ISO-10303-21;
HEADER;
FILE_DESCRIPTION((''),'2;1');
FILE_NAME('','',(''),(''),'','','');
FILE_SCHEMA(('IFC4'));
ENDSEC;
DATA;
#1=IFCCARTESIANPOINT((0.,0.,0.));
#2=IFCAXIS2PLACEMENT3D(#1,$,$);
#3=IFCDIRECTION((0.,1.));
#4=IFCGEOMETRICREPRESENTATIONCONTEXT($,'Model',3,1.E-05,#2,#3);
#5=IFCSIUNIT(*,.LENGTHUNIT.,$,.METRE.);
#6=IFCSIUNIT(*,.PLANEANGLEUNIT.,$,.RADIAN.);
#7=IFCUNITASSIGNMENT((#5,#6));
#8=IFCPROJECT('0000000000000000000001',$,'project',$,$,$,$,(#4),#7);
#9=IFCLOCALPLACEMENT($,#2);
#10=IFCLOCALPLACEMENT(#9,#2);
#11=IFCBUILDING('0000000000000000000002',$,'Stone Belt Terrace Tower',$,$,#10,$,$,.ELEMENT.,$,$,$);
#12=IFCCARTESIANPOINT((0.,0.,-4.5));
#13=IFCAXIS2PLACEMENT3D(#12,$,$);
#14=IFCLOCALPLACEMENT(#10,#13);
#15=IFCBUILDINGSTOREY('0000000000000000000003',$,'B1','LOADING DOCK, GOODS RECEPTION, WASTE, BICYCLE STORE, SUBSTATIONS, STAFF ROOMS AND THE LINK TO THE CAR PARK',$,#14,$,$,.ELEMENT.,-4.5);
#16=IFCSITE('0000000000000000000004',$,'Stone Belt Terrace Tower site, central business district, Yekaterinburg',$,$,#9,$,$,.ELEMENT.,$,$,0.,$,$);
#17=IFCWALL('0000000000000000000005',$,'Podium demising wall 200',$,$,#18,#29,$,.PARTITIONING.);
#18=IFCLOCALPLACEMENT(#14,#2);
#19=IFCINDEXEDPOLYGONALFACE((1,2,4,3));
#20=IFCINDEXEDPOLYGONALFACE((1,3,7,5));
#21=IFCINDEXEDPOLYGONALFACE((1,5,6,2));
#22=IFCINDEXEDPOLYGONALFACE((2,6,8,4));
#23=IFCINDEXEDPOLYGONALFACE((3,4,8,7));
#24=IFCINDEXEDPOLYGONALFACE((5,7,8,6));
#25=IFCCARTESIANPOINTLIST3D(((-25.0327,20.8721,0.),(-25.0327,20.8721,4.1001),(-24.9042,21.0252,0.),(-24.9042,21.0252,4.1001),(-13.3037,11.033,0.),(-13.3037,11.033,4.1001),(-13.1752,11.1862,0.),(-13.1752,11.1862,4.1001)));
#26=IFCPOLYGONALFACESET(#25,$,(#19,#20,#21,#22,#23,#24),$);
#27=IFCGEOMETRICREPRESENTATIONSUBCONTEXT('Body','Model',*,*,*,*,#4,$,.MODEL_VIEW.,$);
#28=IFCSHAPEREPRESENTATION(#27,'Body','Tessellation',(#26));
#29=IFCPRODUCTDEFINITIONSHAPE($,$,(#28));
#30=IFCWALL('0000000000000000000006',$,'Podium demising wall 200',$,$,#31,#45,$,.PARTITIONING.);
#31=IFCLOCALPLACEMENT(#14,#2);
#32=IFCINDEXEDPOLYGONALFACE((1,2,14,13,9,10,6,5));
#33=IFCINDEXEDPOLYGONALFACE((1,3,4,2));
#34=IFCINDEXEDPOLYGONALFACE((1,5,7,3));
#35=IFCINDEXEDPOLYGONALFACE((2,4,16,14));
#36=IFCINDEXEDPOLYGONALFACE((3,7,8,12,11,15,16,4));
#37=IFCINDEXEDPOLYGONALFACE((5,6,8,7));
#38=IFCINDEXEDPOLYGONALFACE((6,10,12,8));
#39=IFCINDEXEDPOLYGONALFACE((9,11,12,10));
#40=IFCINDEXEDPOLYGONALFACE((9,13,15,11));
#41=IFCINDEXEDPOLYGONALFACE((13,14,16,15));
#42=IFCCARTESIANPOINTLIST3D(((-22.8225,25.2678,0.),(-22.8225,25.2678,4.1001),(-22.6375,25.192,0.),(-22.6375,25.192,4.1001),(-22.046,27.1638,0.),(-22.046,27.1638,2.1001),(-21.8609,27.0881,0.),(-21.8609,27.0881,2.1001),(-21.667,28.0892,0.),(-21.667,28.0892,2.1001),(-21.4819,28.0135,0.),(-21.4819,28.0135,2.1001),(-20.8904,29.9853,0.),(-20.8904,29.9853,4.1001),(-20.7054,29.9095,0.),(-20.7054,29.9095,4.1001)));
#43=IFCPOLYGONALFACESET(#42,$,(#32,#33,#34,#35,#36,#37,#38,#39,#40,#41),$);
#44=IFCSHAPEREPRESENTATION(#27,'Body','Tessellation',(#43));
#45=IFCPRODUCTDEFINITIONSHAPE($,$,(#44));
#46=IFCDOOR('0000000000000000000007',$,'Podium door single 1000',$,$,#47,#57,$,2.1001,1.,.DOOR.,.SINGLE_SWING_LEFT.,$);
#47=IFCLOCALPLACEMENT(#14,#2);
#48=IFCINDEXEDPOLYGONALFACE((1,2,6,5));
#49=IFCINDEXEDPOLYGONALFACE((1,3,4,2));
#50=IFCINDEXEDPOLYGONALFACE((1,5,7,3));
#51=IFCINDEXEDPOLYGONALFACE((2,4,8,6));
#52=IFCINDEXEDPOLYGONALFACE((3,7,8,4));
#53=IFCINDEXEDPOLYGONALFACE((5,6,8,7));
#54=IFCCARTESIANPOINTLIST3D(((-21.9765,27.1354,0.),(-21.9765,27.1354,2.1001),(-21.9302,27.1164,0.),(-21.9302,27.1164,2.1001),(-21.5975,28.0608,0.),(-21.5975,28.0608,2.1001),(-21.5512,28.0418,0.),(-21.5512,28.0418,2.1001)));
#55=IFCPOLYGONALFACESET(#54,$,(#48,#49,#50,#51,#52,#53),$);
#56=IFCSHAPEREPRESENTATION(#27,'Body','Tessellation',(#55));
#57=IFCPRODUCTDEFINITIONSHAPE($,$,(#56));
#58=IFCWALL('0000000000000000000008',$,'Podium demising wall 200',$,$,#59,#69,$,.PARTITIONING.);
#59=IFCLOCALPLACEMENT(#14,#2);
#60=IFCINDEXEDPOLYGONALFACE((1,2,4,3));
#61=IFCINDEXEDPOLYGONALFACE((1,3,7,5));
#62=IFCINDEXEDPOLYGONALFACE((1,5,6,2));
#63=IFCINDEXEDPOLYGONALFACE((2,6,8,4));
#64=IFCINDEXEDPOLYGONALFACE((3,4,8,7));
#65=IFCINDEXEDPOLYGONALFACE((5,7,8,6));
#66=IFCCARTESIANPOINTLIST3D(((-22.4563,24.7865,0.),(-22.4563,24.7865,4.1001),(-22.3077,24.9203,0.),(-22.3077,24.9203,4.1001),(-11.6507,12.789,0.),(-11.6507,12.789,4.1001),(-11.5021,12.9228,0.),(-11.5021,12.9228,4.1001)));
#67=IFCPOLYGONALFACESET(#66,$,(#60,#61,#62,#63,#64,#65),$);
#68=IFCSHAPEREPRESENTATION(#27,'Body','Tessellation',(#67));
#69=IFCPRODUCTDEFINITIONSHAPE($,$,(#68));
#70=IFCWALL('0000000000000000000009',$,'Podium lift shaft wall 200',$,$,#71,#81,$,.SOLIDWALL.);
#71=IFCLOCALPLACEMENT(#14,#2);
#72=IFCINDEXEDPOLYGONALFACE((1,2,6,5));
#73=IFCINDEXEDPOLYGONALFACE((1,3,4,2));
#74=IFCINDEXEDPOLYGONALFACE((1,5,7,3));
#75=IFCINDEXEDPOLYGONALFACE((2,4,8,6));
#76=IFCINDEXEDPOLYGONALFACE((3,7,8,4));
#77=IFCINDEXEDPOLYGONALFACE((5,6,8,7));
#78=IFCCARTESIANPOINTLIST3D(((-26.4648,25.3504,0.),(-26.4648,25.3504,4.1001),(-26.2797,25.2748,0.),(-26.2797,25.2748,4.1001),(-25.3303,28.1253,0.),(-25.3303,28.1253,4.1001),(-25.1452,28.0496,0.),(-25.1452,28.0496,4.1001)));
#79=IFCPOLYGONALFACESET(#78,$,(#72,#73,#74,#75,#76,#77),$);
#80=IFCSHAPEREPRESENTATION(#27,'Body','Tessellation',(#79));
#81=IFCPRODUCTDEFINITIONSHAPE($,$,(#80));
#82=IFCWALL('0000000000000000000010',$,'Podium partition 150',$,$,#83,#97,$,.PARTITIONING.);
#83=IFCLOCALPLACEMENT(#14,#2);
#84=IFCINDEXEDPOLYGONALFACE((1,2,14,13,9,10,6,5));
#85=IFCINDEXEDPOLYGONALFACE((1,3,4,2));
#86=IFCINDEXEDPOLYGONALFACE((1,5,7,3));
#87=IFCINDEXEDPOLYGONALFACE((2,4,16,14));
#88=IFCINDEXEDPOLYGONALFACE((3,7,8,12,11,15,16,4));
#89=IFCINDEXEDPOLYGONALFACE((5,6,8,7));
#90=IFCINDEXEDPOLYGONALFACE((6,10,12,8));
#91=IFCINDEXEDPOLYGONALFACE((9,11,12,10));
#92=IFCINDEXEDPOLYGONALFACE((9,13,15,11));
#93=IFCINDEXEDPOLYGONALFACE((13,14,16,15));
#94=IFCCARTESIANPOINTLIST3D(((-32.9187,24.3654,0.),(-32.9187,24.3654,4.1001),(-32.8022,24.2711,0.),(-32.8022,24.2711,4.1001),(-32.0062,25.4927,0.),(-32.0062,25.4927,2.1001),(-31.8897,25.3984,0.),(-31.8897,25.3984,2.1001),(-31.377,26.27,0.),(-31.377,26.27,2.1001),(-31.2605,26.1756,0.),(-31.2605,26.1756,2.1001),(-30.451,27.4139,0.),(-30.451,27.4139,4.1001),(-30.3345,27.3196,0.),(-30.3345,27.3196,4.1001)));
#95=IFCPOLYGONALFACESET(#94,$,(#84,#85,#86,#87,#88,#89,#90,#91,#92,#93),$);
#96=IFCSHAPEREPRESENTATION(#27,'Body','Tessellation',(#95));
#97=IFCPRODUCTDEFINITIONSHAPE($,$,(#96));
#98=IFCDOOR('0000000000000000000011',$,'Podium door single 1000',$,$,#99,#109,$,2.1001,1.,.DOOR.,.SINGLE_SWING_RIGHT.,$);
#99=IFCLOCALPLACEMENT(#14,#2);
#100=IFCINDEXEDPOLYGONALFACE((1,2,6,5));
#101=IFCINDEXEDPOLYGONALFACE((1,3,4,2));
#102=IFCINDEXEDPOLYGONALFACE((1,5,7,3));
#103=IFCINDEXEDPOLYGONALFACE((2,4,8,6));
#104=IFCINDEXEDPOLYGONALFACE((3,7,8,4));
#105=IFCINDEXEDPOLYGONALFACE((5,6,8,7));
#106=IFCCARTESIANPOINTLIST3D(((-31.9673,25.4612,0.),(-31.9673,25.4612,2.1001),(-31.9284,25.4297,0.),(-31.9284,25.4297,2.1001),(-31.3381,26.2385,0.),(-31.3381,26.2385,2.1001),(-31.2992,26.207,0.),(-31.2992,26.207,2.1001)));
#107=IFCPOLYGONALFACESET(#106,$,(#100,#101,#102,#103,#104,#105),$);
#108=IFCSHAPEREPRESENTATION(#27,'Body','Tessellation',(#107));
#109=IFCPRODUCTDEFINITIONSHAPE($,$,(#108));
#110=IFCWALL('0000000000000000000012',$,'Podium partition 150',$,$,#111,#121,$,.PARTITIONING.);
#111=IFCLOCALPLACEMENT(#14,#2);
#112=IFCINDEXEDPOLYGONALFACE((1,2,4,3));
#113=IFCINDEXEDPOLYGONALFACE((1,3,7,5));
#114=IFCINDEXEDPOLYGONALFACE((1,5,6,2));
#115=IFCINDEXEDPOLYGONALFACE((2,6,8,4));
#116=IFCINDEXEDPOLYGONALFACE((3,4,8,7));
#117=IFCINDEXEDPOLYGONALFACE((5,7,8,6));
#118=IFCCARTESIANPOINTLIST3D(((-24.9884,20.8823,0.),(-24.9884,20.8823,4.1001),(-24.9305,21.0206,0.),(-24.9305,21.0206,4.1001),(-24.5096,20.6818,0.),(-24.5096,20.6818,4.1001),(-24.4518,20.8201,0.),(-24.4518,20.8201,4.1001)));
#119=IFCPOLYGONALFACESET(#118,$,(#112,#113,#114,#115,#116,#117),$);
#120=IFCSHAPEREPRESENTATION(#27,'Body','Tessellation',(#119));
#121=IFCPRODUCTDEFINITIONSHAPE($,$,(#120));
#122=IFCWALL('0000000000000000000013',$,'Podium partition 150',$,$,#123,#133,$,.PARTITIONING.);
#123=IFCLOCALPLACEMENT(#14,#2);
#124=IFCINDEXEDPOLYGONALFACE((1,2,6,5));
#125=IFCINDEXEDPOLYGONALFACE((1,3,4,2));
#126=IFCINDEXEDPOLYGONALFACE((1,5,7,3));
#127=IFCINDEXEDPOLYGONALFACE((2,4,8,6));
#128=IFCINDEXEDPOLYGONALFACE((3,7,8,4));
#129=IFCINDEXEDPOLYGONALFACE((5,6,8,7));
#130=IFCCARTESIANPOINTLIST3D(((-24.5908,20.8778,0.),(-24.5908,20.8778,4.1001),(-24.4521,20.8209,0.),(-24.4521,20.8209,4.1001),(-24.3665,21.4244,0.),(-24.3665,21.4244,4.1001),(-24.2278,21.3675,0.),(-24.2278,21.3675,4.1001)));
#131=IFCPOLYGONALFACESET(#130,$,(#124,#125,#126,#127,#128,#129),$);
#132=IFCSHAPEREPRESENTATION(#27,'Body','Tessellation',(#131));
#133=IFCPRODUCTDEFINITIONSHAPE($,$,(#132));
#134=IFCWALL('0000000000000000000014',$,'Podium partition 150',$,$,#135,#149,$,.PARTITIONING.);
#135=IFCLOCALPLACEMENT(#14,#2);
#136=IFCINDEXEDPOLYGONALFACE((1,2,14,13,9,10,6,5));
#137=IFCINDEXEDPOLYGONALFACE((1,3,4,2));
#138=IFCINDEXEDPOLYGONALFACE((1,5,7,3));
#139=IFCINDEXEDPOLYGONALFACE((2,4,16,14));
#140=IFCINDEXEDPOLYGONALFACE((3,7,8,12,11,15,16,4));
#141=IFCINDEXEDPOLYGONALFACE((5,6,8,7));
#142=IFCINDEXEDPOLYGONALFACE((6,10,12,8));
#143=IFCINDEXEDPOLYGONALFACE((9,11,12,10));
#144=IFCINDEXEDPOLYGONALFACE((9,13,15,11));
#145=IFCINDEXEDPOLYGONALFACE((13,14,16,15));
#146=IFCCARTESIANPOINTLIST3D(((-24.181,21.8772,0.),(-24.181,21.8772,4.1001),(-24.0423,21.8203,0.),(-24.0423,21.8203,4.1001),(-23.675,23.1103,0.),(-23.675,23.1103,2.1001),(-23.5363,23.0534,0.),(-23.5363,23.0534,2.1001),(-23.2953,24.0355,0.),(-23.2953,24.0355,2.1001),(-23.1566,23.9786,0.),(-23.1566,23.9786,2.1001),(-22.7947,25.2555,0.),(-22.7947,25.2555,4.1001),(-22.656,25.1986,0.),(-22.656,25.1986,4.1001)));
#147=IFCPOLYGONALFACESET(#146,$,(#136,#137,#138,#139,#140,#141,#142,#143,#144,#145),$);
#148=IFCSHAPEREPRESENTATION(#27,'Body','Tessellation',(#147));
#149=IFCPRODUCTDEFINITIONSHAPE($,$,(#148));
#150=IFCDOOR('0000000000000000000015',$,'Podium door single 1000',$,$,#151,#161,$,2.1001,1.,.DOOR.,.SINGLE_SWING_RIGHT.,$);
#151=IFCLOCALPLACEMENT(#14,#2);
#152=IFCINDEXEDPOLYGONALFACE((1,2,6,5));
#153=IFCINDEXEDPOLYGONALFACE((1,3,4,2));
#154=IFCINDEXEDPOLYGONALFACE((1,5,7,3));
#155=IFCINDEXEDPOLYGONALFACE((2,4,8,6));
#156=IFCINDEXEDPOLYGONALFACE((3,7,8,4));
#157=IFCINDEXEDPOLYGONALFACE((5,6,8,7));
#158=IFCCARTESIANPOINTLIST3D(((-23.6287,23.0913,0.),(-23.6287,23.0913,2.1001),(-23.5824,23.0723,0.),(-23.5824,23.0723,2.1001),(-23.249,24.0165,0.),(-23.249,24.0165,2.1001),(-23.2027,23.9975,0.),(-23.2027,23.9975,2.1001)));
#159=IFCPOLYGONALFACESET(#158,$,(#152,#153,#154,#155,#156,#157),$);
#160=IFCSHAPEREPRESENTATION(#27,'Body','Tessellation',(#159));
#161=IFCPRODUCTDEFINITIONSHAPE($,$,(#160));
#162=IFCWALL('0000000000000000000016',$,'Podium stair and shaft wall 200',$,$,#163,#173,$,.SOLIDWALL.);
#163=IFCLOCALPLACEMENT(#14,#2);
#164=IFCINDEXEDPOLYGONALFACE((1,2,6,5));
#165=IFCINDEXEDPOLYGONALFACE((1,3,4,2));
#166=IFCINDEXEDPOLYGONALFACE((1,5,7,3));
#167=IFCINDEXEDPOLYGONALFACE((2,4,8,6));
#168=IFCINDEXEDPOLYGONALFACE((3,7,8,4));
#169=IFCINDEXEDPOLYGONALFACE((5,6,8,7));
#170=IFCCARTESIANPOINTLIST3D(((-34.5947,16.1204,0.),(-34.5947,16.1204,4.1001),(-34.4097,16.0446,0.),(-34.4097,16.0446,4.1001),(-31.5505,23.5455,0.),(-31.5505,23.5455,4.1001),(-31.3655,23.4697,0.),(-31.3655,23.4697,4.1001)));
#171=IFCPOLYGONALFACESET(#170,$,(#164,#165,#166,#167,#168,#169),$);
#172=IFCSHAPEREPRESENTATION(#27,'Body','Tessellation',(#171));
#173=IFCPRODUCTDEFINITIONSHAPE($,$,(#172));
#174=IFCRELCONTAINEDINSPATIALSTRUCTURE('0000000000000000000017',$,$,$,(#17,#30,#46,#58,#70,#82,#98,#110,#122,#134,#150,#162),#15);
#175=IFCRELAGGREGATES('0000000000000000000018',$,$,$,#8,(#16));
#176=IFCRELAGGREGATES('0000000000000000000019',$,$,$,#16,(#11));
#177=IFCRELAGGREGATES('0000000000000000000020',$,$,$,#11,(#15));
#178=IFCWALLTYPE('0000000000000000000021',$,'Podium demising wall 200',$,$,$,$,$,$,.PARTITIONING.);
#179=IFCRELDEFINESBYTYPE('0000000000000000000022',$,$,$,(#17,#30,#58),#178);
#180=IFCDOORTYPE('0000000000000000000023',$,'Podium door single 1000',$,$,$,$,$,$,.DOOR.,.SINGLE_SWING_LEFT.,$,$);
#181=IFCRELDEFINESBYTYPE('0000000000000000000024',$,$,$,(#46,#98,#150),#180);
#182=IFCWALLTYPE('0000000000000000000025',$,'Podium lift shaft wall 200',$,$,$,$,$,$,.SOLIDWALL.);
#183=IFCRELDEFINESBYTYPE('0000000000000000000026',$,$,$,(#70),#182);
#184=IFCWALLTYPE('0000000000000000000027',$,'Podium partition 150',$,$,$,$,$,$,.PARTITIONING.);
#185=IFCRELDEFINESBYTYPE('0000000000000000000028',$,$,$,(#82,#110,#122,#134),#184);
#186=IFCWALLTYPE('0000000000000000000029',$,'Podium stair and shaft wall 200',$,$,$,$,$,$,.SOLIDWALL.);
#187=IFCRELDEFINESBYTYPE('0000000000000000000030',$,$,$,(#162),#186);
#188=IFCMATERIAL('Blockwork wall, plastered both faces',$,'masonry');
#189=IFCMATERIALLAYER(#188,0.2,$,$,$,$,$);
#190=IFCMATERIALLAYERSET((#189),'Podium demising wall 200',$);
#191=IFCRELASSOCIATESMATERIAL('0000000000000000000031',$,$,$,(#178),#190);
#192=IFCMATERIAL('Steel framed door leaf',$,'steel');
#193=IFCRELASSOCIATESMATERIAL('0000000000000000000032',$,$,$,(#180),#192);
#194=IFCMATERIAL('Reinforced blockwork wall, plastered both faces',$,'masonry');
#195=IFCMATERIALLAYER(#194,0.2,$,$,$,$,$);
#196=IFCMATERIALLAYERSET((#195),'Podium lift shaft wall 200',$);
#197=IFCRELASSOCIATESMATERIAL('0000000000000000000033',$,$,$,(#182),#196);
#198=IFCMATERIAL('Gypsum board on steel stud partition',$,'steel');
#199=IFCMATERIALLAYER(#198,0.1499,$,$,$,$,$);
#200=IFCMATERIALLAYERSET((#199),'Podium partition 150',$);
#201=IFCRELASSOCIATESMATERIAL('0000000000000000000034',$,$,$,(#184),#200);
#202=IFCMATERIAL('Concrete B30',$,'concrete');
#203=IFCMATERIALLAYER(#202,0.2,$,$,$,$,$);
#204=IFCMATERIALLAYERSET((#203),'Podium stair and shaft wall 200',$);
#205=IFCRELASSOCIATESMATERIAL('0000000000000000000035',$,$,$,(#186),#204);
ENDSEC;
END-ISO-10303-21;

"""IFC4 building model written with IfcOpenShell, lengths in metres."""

from ifc_helpers import new_model, si_unit, direction, frame, frame_2d, origin, place, context, subcontext, project, spatial, rectangle, extrude, material, layer, layer_set, type_object, element, fill, save


model = new_model("IFC4")

# Units and contexts
model_context = context("Model", 3, precision=1e-05, world=origin(), true_north=direction((0.0, 1.0)))
body_context = subcontext(model_context, "Body", "Model", "MODEL_VIEW")
ifc_project = project(units=[si_unit("LENGTHUNIT", "METRE"), si_unit("PLANEANGLEUNIT", "RADIAN")], contexts=[model_context])

# Site, building, storey
site_placement = place(None, origin())
site = spatial("IfcSite", under=ifc_project, at=site_placement, Name="Stone Belt Terrace Tower site, central business district, Yekaterinburg", CompositionType="ELEMENT", RefElevation=0.0)
building_placement = place(site_placement, origin())
building = spatial("IfcBuilding", under=site, at=building_placement, Name="Stone Belt Terrace Tower", CompositionType="ELEMENT")
storey_placement = place(building_placement, frame((0.0, 0.0, -4.5)))
storey = spatial("IfcBuildingStorey", under=building, at=storey_placement, Name="B1", Description="LOADING DOCK, GOODS RECEPTION, WASTE, BICYCLE STORE, SUBSTATIONS, STAFF ROOMS AND THE LINK TO THE CAR PARK", CompositionType="ELEMENT", Elevation=-4.5)

# Shared definitions
ifc_material_1 = material(Name="Concrete B30", Category="concrete")

# Shared definitions
ifc_material_2 = material(Name="Blockwork wall, plastered both faces", Category="masonry")
ifc_layer_1 = layer(ifc_material_2, 0.2)
ifc_layer_set_1 = layer_set([ifc_layer_1], Name="Podium demising wall 200")
wall_type_1 = type_object("IfcWallType", Name="Podium demising wall 200", PredefinedType="PARTITIONING", material=ifc_layer_set_1)
ifc_material_3 = material(Name="Steel framed door leaf", Category="steel")
door_type_1 = type_object("IfcDoorType", Name="Podium door single 1000", OperationType="SINGLE_SWING_LEFT", PredefinedType="DOOR", material=ifc_material_3)

# Wall
wall_1_placement = place(storey_placement, frame((-24.9685, 20.9487, 0.0), z_axis=(0.0, 0.0, 1.0), x_axis=(0.766131, -0.642684, 0.0)))
element("IfcWall", 1, at=wall_1_placement, inside=storey, type_object=wall_type_1, Name="Podium demising wall 200", PredefinedType="PARTITIONING", context=body_context, shape_type="SweptSolid", body=[
    extrude(rectangle(XDim=15.3093, YDim=0.2, at=frame_2d((7.6548, 0.0))), origin(), (0.0, 0.0, 1.0), 4.1001),
])

# Wall, opening, door
wall_2_placement = place(storey_placement, frame((-22.73, 25.23, 0.0), z_axis=(0.0, 0.0, 1.0), x_axis=(0.379008, 0.925394, 0.0)))
wall_2 = element("IfcWall", 2, at=wall_2_placement, inside=storey, type_object=wall_type_1, Name="Podium demising wall 200", PredefinedType="PARTITIONING", context=body_context, shape_type="SweptSolid", body=[
    extrude(rectangle(XDim=5.0979, YDim=0.2, at=frame_2d((2.5488, 0.0))), origin(), (0.0, 0.0, 1.0), 4.1001),
])
opening_1_placement = place(wall_2_placement, frame((2.0488, 0.0, 0.0)))
opening_1 = element("IfcOpeningElement", 3, at=opening_1_placement, cuts=wall_2, PredefinedType="OPENING", context=body_context, shape_type="SweptSolid", body=[
    extrude(rectangle(XDim=1.0, YDim=2.1001, at=frame_2d((0.5, 1.05))), frame((0.0, 0.1099, 0.0), z_axis=(0.0, -1.0, 0.0), x_axis=(1.0, 0.0, 0.0)), (0.0, 0.0, 1.0), 0.22),
])
door_1_placement = place(opening_1_placement, origin())
door_1 = element("IfcDoor", 4, at=door_1_placement, inside=storey, type_object=door_type_1, Name="Podium door single 1000", OperationType="SINGLE_SWING_LEFT", OverallHeight=2.1001, OverallWidth=1.0, PredefinedType="DOOR", context=body_context, shape_type="SweptSolid", body=[
    extrude(rectangle(XDim=1.0, YDim=2.1001, at=frame_2d((0.5, 1.05))), frame((0.0, 0.0249, 0.0), z_axis=(0.0, -1.0, 0.0), x_axis=(1.0, 0.0, 0.0)), (0.0, 0.0, 1.0), 0.05),
])
fill(opening_1, door_1)

# Walls
wall_3_placement = place(storey_placement, frame((-22.3821, 24.8535, 0.0), z_axis=(0.0, 0.0, 1.0), x_axis=(0.669234, -0.743052, 0.0)))
element("IfcWall", 5, at=wall_3_placement, inside=storey, type_object=wall_type_1, Name="Podium demising wall 200", PredefinedType="PARTITIONING", context=body_context, shape_type="SweptSolid", body=[
    extrude(rectangle(XDim=16.1462, YDim=0.2, at=frame_2d((8.0732, 0.0))), origin(), (0.0, 0.0, 1.0), 4.1001),
])
ifc_material_4 = material(Name="Reinforced blockwork wall, plastered both faces", Category="masonry")
ifc_layer_2 = layer(ifc_material_4, 0.2)
ifc_layer_set_2 = layer_set([ifc_layer_2], Name="Podium lift shaft wall 200")
wall_type_2 = type_object("IfcWallType", Name="Podium lift shaft wall 200", PredefinedType="SOLIDWALL", material=ifc_layer_set_2)
wall_4_placement = place(storey_placement, frame((-26.3723, 25.3125, 0.0), z_axis=(0.0, 0.0, 1.0), x_axis=(0.378443, 0.925625, 0.0)))
element("IfcWall", 6, at=wall_4_placement, inside=storey, type_object=wall_type_2, Name="Podium lift shaft wall 200", PredefinedType="SOLIDWALL", context=body_context, shape_type="SweptSolid", body=[
    extrude(rectangle(XDim=2.9978, YDim=0.2, at=frame_2d((1.499, 0.0))), origin(), (0.0, 0.0, 1.0), 4.1001),
])

# Wall, opening, door
ifc_material_5 = material(Name="Gypsum board on steel stud partition", Category="steel")
ifc_layer_3 = layer(ifc_material_5, 0.1499)
ifc_layer_set_3 = layer_set([ifc_layer_3], Name="Podium partition 150")
wall_type_3 = type_object("IfcWallType", Name="Podium partition 150", PredefinedType="PARTITIONING", material=ifc_layer_set_3)
wall_5_placement = place(storey_placement, frame((-32.8604, 24.3184, 0.0), z_axis=(0.0, 0.0, 1.0), x_axis=(0.629179, 0.777261, 0.0)))
wall_5 = element("IfcWall", 7, at=wall_5_placement, inside=storey, type_object=wall_type_3, Name="Podium partition 150", PredefinedType="PARTITIONING", context=body_context, shape_type="SweptSolid", body=[
    extrude(rectangle(XDim=3.9221, YDim=0.1499, at=frame_2d((1.9609, 0.0))), origin(), (0.0, 0.0, 1.0), 4.1001),
])
opening_2_placement = place(wall_5_placement, frame((1.4502, 0.0, 0.0)))
opening_2 = element("IfcOpeningElement", 8, at=opening_2_placement, cuts=wall_5, PredefinedType="OPENING", context=body_context, shape_type="SweptSolid", body=[
    extrude(rectangle(XDim=1.0, YDim=2.1001, at=frame_2d((0.5, 1.05))), frame((0.0, 0.085, 0.0), z_axis=(0.0, -1.0, 0.0), x_axis=(1.0, 0.0, 0.0)), (0.0, 0.0, 1.0), 0.1699),
])
door_2_placement = place(opening_2_placement, origin())
door_2 = element("IfcDoor", 9, at=door_2_placement, inside=storey, type_object=door_type_1, Name="Podium door single 1000", OperationType="SINGLE_SWING_RIGHT", OverallHeight=2.1001, OverallWidth=1.0, PredefinedType="DOOR", context=body_context, shape_type="SweptSolid", body=[
    extrude(rectangle(XDim=1.0, YDim=2.1001, at=frame_2d((0.5, 1.05))), frame((0.0, 0.0249, 0.0), z_axis=(0.0, -1.0, 0.0), x_axis=(1.0, 0.0, 0.0)), (0.0, 0.0, 1.0), 0.05),
])
fill(opening_2, door_2)

# Walls
wall_6_placement = place(storey_placement, frame((-24.9595, 20.9514, 0.0), z_axis=(0.0, 0.0, 1.0), x_axis=(0.922422, -0.386185, 0.0)))
element("IfcWall", 10, at=wall_6_placement, inside=storey, type_object=wall_type_3, Name="Podium partition 150", PredefinedType="PARTITIONING", context=body_context, shape_type="SweptSolid", body=[
    extrude(rectangle(XDim=0.519, YDim=0.1499, at=frame_2d((0.2595, 0.0))), origin(), (0.0, 0.0, 1.0), 4.1001),
])
wall_7_placement = place(storey_placement, frame((-24.5215, 20.8494, 0.0), z_axis=(0.0, 0.0, 1.0), x_axis=(0.379711, 0.925105, 0.0)))
element("IfcWall", 11, at=wall_7_placement, inside=storey, type_object=wall_type_3, Name="Podium partition 150", PredefinedType="PARTITIONING", context=body_context, shape_type="SweptSolid", body=[
    extrude(rectangle(XDim=0.5908, YDim=0.1499, at=frame_2d((0.2954, 0.0))), origin(), (0.0, 0.0, 1.0), 4.1001),
])

# Wall, opening, door
wall_8_placement = place(storey_placement, frame((-24.1116, 21.8489, 0.0), z_axis=(0.0, 0.0, 1.0), x_axis=(0.37963, 0.925139, 0.0)))
wall_8 = element("IfcWall", 12, at=wall_8_placement, inside=storey, type_object=wall_type_3, Name="Podium partition 150", PredefinedType="PARTITIONING", context=body_context, shape_type="SweptSolid", body=[
    extrude(rectangle(XDim=3.6516, YDim=0.1499, at=frame_2d((1.8257, 0.0))), origin(), (0.0, 0.0, 1.0), 4.1001),
])
opening_3_placement = place(wall_8_placement, frame((1.3328, 0.0, 0.0)))
opening_3 = element("IfcOpeningElement", 13, at=opening_3_placement, cuts=wall_8, PredefinedType="OPENING", context=body_context, shape_type="SweptSolid", body=[
    extrude(rectangle(XDim=1.0, YDim=2.1001, at=frame_2d((0.5, 1.05))), frame((0.0, 0.085, 0.0), z_axis=(0.0, -1.0, 0.0), x_axis=(1.0, 0.0, 0.0)), (0.0, 0.0, 1.0), 0.1699),
])
door_3_placement = place(opening_3_placement, origin())
door_3 = element("IfcDoor", 14, at=door_3_placement, inside=storey, type_object=door_type_1, Name="Podium door single 1000", OperationType="SINGLE_SWING_RIGHT", OverallHeight=2.1001, OverallWidth=1.0, PredefinedType="DOOR", context=body_context, shape_type="SweptSolid", body=[
    extrude(rectangle(XDim=1.0, YDim=2.1001, at=frame_2d((0.5, 1.05))), frame((0.0, 0.0249, 0.0), z_axis=(0.0, -1.0, 0.0), x_axis=(1.0, 0.0, 0.0)), (0.0, 0.0, 1.0), 0.05),
])
fill(opening_3, door_3)

# Wall
ifc_layer_4 = layer(ifc_material_1, 0.2)
ifc_layer_set_4 = layer_set([ifc_layer_4], Name="Podium stair and shaft wall 200")
wall_type_4 = type_object("IfcWallType", Name="Podium stair and shaft wall 200", PredefinedType="SOLIDWALL", material=ifc_layer_set_4)
wall_9_placement = place(storey_placement, frame((-34.5022, 16.0825, 0.0), z_axis=(0.0, 0.0, 1.0), x_axis=(0.379345, 0.925255, 0.0)))
element("IfcWall", 15, at=wall_9_placement, inside=storey, type_object=wall_type_4, Name="Podium stair and shaft wall 200", PredefinedType="SOLIDWALL", context=body_context, shape_type="SweptSolid", body=[
    extrude(rectangle(XDim=8.0249, YDim=0.2, at=frame_2d((4.0125, 0.0))), origin(), (0.0, 0.0, 1.0), 4.1001),
])

save(model, "model.ifc")
